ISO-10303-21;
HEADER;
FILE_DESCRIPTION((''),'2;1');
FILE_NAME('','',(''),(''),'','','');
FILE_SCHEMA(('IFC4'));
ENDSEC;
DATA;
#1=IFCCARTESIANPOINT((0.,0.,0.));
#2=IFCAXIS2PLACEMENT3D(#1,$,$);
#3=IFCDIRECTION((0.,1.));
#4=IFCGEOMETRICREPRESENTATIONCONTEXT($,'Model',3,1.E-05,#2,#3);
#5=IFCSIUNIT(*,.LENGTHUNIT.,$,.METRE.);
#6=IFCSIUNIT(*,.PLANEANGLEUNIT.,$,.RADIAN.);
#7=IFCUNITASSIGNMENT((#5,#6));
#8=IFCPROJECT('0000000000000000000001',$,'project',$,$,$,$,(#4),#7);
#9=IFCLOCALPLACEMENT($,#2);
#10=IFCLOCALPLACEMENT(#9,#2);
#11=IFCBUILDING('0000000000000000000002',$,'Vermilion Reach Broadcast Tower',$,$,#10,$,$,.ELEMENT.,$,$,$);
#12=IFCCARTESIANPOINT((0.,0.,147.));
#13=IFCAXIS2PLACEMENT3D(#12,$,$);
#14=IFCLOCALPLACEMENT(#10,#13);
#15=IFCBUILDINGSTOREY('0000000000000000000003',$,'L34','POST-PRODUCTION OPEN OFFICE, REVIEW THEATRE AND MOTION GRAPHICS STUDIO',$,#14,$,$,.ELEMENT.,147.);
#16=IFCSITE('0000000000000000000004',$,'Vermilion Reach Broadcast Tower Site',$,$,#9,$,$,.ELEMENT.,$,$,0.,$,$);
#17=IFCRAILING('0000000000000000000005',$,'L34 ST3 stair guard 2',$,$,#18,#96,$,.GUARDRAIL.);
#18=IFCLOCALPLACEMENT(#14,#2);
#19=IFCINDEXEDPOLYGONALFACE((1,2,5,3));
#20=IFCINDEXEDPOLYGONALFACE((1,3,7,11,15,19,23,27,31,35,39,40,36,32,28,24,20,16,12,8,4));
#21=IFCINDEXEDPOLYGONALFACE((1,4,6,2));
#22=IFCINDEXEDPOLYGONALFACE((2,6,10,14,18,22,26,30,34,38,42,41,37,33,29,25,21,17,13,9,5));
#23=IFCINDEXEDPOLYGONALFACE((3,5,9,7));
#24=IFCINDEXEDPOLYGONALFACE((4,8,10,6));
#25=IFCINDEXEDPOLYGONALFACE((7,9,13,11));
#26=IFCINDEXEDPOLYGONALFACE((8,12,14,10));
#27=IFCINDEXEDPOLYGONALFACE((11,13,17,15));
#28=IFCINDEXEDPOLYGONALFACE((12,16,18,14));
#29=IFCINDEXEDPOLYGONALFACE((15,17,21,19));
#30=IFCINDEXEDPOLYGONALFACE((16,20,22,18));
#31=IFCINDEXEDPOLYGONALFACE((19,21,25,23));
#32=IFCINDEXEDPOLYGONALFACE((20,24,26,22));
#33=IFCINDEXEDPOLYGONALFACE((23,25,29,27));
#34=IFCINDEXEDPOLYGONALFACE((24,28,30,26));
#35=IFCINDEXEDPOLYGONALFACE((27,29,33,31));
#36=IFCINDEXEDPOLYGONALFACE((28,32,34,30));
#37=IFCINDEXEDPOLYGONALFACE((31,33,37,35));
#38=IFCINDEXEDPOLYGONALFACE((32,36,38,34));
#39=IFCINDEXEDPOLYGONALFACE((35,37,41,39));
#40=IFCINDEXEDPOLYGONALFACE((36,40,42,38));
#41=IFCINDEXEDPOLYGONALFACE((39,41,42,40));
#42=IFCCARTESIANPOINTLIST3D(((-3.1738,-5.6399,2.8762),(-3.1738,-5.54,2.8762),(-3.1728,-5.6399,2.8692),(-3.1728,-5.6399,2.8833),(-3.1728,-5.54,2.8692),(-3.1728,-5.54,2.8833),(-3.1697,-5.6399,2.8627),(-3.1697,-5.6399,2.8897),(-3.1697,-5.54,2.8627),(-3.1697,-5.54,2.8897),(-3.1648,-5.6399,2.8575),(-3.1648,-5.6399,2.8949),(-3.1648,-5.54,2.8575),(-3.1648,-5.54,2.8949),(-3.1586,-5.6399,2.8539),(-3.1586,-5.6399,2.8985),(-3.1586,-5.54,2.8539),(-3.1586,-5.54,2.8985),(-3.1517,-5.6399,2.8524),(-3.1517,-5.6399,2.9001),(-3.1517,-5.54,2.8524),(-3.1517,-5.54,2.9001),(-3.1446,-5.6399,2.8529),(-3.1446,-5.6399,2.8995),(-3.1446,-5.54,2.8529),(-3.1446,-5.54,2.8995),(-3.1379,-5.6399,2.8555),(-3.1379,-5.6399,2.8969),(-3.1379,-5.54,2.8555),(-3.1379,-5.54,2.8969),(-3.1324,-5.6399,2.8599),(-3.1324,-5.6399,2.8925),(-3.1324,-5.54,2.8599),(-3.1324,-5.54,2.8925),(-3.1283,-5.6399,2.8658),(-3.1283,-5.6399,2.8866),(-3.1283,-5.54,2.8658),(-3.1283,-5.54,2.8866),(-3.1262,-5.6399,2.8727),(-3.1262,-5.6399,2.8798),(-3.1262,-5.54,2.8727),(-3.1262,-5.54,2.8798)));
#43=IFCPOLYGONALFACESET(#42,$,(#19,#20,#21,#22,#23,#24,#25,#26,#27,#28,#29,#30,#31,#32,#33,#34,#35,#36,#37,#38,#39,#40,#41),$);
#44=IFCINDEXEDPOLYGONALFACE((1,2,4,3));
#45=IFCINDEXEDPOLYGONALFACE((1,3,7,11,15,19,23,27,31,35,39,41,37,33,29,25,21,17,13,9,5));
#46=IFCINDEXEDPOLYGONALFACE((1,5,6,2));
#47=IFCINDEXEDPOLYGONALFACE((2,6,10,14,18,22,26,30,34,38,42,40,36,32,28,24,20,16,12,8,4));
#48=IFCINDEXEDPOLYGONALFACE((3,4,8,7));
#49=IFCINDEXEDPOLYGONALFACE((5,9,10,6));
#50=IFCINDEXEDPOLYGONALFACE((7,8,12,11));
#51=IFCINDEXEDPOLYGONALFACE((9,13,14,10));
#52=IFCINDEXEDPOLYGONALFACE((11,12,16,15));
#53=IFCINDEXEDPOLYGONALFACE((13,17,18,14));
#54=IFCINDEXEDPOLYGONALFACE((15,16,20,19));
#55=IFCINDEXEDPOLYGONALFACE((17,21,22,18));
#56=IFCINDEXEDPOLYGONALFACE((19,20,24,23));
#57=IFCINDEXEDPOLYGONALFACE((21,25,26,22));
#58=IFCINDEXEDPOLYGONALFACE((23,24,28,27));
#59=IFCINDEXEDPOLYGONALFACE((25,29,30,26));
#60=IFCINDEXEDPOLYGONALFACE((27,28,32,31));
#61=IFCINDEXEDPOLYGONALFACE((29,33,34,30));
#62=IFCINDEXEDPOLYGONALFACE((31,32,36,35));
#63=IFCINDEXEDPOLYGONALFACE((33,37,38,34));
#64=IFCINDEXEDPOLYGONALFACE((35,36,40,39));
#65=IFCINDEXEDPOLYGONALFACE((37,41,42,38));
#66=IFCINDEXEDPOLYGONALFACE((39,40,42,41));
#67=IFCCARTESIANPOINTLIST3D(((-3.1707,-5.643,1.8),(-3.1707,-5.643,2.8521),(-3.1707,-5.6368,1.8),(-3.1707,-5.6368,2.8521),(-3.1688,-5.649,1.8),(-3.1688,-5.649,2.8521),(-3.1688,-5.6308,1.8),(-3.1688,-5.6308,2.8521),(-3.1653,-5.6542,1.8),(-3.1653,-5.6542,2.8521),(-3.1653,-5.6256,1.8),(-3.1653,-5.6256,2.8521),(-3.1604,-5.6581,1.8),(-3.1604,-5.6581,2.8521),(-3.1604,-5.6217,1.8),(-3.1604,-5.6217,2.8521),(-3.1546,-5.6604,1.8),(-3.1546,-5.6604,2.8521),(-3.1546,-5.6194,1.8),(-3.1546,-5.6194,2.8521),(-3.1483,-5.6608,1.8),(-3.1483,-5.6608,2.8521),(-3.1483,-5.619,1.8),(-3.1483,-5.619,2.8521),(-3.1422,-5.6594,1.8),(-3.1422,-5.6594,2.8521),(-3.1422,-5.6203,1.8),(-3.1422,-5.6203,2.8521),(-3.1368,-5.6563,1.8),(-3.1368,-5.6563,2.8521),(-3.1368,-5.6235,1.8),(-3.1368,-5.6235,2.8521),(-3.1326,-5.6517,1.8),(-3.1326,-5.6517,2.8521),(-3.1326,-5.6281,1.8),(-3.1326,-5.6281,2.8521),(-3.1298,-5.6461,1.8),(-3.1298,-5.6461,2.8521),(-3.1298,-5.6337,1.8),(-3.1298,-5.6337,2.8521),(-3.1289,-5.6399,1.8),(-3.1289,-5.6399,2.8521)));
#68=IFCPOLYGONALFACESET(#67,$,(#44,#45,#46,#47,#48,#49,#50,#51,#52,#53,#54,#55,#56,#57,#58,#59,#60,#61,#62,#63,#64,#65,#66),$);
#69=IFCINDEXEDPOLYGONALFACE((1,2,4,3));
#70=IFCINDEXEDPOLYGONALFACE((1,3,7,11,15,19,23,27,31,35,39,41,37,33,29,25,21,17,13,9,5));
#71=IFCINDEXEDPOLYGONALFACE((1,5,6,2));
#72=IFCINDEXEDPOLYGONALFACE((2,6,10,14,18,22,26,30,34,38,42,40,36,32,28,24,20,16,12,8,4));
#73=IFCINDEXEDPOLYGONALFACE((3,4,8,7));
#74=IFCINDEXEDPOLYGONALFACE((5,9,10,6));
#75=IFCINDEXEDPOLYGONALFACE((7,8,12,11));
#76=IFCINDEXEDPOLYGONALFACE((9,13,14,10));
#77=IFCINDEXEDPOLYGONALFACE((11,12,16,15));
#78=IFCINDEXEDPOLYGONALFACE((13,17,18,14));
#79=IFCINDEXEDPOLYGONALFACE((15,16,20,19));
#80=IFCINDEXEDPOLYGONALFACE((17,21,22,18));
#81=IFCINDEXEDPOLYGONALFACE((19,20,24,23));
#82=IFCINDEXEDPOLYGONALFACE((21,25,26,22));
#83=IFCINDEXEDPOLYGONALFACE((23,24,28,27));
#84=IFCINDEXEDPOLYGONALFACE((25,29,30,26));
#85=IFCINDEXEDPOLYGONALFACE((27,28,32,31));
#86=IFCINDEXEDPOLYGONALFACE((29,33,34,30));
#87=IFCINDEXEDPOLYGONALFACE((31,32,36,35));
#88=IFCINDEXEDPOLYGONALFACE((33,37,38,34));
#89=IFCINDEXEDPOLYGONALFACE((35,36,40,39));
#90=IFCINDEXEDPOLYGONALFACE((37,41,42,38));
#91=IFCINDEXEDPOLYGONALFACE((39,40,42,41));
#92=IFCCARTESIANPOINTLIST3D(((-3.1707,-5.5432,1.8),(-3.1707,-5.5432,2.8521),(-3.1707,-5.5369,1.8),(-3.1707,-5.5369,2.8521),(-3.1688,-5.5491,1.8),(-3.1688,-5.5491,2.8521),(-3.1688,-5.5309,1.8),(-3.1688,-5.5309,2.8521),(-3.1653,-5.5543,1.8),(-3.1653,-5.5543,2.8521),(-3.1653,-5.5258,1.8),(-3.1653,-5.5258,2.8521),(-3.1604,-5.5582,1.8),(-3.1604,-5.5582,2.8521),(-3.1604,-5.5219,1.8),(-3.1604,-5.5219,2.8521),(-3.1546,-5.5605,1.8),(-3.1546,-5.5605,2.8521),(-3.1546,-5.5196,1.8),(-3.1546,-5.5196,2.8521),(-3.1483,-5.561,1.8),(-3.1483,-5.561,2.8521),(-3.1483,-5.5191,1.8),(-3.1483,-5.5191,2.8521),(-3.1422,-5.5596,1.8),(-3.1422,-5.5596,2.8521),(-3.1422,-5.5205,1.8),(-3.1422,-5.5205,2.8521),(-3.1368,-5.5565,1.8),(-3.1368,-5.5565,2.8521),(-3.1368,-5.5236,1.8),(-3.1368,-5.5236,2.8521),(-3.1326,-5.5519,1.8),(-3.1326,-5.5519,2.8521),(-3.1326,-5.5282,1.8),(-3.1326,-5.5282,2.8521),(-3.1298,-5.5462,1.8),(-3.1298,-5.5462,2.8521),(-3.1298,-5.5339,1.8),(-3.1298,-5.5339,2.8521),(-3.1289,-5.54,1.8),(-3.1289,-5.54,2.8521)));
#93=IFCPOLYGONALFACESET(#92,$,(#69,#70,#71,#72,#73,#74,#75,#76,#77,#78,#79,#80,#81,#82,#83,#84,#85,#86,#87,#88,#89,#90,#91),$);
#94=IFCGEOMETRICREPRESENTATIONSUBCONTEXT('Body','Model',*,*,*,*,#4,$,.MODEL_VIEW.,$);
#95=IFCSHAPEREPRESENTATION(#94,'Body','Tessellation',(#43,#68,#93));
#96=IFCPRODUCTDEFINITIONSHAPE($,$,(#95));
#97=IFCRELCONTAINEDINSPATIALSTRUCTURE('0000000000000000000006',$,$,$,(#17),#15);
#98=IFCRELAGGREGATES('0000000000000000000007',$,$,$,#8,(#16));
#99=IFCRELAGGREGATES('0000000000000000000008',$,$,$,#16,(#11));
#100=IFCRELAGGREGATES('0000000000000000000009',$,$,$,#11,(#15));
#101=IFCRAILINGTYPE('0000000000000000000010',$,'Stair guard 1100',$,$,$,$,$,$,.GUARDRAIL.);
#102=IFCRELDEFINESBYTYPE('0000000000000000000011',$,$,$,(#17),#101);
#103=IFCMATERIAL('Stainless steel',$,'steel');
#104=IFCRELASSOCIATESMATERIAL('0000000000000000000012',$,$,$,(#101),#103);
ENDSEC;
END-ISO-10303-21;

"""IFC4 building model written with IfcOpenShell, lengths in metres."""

from ifc_helpers import new_model, si_unit, direction, frame, origin, origin_2d, place, context, subcontext, project, spatial, circle, extrude, material, type_object, element, save


model = new_model("IFC4")

# Units and contexts
model_context = context("Model", 3, precision=1e-05, world=origin(), true_north=direction((0.0, 1.0)))
body_context = subcontext(model_context, "Body", "Model", "MODEL_VIEW")
ifc_project = project(units=[si_unit("LENGTHUNIT", "METRE"), si_unit("PLANEANGLEUNIT", "RADIAN")], contexts=[model_context])

# Site, building, storey
site_placement = place(None, origin())
site = spatial("IfcSite", under=ifc_project, at=site_placement, Name="Vermilion Reach Broadcast Tower Site", CompositionType="ELEMENT", RefElevation=0.0)
building_placement = place(site_placement, origin())
building = spatial("IfcBuilding", under=site, at=building_placement, Name="Vermilion Reach Broadcast Tower", CompositionType="ELEMENT")
storey_placement = place(building_placement, frame((0.0, 0.0, 147.0)))
storey = spatial("IfcBuildingStorey", under=building, at=storey_placement, Name="L34", Description="POST-PRODUCTION OPEN OFFICE, REVIEW THEATRE AND MOTION GRAPHICS STUDIO", CompositionType="ELEMENT", Elevation=147.0)

# Railing
ifc_material_1 = material(Name="Stainless steel", Category="steel")
railing_type_1 = type_object("IfcRailingType", Name="Stair guard 1100", PredefinedType="GUARDRAIL", material=ifc_material_1)
railing_1_placement = place(storey_placement, frame((-3.1499, -5.6399, 1.8)))
element("IfcRailing", 1, at=railing_1_placement, inside=storey, type_object=railing_type_1, Name="L34 ST3 stair guard 2", PredefinedType="GUARDRAIL", context=body_context, shape_type="SweptSolid", body=[
    extrude(circle(Radius=0.0239, at=origin_2d()), frame((0.0, 0.0, 1.0762), z_axis=(0.0, 1.0, 0.0), x_axis=(-1.0, 0.0, 0.0)), (0.0, 0.0, 1.0), 0.0999),
    extrude(circle(Radius=0.021, at=origin_2d()), origin(), (0.0, 0.0, 1.0), 1.052),
    extrude(circle(Radius=0.021, at=origin_2d()), frame((0.0, 0.0999, 0.0)), (0.0, 0.0, 1.0), 1.052),
])

save(model, "model.ifc")
